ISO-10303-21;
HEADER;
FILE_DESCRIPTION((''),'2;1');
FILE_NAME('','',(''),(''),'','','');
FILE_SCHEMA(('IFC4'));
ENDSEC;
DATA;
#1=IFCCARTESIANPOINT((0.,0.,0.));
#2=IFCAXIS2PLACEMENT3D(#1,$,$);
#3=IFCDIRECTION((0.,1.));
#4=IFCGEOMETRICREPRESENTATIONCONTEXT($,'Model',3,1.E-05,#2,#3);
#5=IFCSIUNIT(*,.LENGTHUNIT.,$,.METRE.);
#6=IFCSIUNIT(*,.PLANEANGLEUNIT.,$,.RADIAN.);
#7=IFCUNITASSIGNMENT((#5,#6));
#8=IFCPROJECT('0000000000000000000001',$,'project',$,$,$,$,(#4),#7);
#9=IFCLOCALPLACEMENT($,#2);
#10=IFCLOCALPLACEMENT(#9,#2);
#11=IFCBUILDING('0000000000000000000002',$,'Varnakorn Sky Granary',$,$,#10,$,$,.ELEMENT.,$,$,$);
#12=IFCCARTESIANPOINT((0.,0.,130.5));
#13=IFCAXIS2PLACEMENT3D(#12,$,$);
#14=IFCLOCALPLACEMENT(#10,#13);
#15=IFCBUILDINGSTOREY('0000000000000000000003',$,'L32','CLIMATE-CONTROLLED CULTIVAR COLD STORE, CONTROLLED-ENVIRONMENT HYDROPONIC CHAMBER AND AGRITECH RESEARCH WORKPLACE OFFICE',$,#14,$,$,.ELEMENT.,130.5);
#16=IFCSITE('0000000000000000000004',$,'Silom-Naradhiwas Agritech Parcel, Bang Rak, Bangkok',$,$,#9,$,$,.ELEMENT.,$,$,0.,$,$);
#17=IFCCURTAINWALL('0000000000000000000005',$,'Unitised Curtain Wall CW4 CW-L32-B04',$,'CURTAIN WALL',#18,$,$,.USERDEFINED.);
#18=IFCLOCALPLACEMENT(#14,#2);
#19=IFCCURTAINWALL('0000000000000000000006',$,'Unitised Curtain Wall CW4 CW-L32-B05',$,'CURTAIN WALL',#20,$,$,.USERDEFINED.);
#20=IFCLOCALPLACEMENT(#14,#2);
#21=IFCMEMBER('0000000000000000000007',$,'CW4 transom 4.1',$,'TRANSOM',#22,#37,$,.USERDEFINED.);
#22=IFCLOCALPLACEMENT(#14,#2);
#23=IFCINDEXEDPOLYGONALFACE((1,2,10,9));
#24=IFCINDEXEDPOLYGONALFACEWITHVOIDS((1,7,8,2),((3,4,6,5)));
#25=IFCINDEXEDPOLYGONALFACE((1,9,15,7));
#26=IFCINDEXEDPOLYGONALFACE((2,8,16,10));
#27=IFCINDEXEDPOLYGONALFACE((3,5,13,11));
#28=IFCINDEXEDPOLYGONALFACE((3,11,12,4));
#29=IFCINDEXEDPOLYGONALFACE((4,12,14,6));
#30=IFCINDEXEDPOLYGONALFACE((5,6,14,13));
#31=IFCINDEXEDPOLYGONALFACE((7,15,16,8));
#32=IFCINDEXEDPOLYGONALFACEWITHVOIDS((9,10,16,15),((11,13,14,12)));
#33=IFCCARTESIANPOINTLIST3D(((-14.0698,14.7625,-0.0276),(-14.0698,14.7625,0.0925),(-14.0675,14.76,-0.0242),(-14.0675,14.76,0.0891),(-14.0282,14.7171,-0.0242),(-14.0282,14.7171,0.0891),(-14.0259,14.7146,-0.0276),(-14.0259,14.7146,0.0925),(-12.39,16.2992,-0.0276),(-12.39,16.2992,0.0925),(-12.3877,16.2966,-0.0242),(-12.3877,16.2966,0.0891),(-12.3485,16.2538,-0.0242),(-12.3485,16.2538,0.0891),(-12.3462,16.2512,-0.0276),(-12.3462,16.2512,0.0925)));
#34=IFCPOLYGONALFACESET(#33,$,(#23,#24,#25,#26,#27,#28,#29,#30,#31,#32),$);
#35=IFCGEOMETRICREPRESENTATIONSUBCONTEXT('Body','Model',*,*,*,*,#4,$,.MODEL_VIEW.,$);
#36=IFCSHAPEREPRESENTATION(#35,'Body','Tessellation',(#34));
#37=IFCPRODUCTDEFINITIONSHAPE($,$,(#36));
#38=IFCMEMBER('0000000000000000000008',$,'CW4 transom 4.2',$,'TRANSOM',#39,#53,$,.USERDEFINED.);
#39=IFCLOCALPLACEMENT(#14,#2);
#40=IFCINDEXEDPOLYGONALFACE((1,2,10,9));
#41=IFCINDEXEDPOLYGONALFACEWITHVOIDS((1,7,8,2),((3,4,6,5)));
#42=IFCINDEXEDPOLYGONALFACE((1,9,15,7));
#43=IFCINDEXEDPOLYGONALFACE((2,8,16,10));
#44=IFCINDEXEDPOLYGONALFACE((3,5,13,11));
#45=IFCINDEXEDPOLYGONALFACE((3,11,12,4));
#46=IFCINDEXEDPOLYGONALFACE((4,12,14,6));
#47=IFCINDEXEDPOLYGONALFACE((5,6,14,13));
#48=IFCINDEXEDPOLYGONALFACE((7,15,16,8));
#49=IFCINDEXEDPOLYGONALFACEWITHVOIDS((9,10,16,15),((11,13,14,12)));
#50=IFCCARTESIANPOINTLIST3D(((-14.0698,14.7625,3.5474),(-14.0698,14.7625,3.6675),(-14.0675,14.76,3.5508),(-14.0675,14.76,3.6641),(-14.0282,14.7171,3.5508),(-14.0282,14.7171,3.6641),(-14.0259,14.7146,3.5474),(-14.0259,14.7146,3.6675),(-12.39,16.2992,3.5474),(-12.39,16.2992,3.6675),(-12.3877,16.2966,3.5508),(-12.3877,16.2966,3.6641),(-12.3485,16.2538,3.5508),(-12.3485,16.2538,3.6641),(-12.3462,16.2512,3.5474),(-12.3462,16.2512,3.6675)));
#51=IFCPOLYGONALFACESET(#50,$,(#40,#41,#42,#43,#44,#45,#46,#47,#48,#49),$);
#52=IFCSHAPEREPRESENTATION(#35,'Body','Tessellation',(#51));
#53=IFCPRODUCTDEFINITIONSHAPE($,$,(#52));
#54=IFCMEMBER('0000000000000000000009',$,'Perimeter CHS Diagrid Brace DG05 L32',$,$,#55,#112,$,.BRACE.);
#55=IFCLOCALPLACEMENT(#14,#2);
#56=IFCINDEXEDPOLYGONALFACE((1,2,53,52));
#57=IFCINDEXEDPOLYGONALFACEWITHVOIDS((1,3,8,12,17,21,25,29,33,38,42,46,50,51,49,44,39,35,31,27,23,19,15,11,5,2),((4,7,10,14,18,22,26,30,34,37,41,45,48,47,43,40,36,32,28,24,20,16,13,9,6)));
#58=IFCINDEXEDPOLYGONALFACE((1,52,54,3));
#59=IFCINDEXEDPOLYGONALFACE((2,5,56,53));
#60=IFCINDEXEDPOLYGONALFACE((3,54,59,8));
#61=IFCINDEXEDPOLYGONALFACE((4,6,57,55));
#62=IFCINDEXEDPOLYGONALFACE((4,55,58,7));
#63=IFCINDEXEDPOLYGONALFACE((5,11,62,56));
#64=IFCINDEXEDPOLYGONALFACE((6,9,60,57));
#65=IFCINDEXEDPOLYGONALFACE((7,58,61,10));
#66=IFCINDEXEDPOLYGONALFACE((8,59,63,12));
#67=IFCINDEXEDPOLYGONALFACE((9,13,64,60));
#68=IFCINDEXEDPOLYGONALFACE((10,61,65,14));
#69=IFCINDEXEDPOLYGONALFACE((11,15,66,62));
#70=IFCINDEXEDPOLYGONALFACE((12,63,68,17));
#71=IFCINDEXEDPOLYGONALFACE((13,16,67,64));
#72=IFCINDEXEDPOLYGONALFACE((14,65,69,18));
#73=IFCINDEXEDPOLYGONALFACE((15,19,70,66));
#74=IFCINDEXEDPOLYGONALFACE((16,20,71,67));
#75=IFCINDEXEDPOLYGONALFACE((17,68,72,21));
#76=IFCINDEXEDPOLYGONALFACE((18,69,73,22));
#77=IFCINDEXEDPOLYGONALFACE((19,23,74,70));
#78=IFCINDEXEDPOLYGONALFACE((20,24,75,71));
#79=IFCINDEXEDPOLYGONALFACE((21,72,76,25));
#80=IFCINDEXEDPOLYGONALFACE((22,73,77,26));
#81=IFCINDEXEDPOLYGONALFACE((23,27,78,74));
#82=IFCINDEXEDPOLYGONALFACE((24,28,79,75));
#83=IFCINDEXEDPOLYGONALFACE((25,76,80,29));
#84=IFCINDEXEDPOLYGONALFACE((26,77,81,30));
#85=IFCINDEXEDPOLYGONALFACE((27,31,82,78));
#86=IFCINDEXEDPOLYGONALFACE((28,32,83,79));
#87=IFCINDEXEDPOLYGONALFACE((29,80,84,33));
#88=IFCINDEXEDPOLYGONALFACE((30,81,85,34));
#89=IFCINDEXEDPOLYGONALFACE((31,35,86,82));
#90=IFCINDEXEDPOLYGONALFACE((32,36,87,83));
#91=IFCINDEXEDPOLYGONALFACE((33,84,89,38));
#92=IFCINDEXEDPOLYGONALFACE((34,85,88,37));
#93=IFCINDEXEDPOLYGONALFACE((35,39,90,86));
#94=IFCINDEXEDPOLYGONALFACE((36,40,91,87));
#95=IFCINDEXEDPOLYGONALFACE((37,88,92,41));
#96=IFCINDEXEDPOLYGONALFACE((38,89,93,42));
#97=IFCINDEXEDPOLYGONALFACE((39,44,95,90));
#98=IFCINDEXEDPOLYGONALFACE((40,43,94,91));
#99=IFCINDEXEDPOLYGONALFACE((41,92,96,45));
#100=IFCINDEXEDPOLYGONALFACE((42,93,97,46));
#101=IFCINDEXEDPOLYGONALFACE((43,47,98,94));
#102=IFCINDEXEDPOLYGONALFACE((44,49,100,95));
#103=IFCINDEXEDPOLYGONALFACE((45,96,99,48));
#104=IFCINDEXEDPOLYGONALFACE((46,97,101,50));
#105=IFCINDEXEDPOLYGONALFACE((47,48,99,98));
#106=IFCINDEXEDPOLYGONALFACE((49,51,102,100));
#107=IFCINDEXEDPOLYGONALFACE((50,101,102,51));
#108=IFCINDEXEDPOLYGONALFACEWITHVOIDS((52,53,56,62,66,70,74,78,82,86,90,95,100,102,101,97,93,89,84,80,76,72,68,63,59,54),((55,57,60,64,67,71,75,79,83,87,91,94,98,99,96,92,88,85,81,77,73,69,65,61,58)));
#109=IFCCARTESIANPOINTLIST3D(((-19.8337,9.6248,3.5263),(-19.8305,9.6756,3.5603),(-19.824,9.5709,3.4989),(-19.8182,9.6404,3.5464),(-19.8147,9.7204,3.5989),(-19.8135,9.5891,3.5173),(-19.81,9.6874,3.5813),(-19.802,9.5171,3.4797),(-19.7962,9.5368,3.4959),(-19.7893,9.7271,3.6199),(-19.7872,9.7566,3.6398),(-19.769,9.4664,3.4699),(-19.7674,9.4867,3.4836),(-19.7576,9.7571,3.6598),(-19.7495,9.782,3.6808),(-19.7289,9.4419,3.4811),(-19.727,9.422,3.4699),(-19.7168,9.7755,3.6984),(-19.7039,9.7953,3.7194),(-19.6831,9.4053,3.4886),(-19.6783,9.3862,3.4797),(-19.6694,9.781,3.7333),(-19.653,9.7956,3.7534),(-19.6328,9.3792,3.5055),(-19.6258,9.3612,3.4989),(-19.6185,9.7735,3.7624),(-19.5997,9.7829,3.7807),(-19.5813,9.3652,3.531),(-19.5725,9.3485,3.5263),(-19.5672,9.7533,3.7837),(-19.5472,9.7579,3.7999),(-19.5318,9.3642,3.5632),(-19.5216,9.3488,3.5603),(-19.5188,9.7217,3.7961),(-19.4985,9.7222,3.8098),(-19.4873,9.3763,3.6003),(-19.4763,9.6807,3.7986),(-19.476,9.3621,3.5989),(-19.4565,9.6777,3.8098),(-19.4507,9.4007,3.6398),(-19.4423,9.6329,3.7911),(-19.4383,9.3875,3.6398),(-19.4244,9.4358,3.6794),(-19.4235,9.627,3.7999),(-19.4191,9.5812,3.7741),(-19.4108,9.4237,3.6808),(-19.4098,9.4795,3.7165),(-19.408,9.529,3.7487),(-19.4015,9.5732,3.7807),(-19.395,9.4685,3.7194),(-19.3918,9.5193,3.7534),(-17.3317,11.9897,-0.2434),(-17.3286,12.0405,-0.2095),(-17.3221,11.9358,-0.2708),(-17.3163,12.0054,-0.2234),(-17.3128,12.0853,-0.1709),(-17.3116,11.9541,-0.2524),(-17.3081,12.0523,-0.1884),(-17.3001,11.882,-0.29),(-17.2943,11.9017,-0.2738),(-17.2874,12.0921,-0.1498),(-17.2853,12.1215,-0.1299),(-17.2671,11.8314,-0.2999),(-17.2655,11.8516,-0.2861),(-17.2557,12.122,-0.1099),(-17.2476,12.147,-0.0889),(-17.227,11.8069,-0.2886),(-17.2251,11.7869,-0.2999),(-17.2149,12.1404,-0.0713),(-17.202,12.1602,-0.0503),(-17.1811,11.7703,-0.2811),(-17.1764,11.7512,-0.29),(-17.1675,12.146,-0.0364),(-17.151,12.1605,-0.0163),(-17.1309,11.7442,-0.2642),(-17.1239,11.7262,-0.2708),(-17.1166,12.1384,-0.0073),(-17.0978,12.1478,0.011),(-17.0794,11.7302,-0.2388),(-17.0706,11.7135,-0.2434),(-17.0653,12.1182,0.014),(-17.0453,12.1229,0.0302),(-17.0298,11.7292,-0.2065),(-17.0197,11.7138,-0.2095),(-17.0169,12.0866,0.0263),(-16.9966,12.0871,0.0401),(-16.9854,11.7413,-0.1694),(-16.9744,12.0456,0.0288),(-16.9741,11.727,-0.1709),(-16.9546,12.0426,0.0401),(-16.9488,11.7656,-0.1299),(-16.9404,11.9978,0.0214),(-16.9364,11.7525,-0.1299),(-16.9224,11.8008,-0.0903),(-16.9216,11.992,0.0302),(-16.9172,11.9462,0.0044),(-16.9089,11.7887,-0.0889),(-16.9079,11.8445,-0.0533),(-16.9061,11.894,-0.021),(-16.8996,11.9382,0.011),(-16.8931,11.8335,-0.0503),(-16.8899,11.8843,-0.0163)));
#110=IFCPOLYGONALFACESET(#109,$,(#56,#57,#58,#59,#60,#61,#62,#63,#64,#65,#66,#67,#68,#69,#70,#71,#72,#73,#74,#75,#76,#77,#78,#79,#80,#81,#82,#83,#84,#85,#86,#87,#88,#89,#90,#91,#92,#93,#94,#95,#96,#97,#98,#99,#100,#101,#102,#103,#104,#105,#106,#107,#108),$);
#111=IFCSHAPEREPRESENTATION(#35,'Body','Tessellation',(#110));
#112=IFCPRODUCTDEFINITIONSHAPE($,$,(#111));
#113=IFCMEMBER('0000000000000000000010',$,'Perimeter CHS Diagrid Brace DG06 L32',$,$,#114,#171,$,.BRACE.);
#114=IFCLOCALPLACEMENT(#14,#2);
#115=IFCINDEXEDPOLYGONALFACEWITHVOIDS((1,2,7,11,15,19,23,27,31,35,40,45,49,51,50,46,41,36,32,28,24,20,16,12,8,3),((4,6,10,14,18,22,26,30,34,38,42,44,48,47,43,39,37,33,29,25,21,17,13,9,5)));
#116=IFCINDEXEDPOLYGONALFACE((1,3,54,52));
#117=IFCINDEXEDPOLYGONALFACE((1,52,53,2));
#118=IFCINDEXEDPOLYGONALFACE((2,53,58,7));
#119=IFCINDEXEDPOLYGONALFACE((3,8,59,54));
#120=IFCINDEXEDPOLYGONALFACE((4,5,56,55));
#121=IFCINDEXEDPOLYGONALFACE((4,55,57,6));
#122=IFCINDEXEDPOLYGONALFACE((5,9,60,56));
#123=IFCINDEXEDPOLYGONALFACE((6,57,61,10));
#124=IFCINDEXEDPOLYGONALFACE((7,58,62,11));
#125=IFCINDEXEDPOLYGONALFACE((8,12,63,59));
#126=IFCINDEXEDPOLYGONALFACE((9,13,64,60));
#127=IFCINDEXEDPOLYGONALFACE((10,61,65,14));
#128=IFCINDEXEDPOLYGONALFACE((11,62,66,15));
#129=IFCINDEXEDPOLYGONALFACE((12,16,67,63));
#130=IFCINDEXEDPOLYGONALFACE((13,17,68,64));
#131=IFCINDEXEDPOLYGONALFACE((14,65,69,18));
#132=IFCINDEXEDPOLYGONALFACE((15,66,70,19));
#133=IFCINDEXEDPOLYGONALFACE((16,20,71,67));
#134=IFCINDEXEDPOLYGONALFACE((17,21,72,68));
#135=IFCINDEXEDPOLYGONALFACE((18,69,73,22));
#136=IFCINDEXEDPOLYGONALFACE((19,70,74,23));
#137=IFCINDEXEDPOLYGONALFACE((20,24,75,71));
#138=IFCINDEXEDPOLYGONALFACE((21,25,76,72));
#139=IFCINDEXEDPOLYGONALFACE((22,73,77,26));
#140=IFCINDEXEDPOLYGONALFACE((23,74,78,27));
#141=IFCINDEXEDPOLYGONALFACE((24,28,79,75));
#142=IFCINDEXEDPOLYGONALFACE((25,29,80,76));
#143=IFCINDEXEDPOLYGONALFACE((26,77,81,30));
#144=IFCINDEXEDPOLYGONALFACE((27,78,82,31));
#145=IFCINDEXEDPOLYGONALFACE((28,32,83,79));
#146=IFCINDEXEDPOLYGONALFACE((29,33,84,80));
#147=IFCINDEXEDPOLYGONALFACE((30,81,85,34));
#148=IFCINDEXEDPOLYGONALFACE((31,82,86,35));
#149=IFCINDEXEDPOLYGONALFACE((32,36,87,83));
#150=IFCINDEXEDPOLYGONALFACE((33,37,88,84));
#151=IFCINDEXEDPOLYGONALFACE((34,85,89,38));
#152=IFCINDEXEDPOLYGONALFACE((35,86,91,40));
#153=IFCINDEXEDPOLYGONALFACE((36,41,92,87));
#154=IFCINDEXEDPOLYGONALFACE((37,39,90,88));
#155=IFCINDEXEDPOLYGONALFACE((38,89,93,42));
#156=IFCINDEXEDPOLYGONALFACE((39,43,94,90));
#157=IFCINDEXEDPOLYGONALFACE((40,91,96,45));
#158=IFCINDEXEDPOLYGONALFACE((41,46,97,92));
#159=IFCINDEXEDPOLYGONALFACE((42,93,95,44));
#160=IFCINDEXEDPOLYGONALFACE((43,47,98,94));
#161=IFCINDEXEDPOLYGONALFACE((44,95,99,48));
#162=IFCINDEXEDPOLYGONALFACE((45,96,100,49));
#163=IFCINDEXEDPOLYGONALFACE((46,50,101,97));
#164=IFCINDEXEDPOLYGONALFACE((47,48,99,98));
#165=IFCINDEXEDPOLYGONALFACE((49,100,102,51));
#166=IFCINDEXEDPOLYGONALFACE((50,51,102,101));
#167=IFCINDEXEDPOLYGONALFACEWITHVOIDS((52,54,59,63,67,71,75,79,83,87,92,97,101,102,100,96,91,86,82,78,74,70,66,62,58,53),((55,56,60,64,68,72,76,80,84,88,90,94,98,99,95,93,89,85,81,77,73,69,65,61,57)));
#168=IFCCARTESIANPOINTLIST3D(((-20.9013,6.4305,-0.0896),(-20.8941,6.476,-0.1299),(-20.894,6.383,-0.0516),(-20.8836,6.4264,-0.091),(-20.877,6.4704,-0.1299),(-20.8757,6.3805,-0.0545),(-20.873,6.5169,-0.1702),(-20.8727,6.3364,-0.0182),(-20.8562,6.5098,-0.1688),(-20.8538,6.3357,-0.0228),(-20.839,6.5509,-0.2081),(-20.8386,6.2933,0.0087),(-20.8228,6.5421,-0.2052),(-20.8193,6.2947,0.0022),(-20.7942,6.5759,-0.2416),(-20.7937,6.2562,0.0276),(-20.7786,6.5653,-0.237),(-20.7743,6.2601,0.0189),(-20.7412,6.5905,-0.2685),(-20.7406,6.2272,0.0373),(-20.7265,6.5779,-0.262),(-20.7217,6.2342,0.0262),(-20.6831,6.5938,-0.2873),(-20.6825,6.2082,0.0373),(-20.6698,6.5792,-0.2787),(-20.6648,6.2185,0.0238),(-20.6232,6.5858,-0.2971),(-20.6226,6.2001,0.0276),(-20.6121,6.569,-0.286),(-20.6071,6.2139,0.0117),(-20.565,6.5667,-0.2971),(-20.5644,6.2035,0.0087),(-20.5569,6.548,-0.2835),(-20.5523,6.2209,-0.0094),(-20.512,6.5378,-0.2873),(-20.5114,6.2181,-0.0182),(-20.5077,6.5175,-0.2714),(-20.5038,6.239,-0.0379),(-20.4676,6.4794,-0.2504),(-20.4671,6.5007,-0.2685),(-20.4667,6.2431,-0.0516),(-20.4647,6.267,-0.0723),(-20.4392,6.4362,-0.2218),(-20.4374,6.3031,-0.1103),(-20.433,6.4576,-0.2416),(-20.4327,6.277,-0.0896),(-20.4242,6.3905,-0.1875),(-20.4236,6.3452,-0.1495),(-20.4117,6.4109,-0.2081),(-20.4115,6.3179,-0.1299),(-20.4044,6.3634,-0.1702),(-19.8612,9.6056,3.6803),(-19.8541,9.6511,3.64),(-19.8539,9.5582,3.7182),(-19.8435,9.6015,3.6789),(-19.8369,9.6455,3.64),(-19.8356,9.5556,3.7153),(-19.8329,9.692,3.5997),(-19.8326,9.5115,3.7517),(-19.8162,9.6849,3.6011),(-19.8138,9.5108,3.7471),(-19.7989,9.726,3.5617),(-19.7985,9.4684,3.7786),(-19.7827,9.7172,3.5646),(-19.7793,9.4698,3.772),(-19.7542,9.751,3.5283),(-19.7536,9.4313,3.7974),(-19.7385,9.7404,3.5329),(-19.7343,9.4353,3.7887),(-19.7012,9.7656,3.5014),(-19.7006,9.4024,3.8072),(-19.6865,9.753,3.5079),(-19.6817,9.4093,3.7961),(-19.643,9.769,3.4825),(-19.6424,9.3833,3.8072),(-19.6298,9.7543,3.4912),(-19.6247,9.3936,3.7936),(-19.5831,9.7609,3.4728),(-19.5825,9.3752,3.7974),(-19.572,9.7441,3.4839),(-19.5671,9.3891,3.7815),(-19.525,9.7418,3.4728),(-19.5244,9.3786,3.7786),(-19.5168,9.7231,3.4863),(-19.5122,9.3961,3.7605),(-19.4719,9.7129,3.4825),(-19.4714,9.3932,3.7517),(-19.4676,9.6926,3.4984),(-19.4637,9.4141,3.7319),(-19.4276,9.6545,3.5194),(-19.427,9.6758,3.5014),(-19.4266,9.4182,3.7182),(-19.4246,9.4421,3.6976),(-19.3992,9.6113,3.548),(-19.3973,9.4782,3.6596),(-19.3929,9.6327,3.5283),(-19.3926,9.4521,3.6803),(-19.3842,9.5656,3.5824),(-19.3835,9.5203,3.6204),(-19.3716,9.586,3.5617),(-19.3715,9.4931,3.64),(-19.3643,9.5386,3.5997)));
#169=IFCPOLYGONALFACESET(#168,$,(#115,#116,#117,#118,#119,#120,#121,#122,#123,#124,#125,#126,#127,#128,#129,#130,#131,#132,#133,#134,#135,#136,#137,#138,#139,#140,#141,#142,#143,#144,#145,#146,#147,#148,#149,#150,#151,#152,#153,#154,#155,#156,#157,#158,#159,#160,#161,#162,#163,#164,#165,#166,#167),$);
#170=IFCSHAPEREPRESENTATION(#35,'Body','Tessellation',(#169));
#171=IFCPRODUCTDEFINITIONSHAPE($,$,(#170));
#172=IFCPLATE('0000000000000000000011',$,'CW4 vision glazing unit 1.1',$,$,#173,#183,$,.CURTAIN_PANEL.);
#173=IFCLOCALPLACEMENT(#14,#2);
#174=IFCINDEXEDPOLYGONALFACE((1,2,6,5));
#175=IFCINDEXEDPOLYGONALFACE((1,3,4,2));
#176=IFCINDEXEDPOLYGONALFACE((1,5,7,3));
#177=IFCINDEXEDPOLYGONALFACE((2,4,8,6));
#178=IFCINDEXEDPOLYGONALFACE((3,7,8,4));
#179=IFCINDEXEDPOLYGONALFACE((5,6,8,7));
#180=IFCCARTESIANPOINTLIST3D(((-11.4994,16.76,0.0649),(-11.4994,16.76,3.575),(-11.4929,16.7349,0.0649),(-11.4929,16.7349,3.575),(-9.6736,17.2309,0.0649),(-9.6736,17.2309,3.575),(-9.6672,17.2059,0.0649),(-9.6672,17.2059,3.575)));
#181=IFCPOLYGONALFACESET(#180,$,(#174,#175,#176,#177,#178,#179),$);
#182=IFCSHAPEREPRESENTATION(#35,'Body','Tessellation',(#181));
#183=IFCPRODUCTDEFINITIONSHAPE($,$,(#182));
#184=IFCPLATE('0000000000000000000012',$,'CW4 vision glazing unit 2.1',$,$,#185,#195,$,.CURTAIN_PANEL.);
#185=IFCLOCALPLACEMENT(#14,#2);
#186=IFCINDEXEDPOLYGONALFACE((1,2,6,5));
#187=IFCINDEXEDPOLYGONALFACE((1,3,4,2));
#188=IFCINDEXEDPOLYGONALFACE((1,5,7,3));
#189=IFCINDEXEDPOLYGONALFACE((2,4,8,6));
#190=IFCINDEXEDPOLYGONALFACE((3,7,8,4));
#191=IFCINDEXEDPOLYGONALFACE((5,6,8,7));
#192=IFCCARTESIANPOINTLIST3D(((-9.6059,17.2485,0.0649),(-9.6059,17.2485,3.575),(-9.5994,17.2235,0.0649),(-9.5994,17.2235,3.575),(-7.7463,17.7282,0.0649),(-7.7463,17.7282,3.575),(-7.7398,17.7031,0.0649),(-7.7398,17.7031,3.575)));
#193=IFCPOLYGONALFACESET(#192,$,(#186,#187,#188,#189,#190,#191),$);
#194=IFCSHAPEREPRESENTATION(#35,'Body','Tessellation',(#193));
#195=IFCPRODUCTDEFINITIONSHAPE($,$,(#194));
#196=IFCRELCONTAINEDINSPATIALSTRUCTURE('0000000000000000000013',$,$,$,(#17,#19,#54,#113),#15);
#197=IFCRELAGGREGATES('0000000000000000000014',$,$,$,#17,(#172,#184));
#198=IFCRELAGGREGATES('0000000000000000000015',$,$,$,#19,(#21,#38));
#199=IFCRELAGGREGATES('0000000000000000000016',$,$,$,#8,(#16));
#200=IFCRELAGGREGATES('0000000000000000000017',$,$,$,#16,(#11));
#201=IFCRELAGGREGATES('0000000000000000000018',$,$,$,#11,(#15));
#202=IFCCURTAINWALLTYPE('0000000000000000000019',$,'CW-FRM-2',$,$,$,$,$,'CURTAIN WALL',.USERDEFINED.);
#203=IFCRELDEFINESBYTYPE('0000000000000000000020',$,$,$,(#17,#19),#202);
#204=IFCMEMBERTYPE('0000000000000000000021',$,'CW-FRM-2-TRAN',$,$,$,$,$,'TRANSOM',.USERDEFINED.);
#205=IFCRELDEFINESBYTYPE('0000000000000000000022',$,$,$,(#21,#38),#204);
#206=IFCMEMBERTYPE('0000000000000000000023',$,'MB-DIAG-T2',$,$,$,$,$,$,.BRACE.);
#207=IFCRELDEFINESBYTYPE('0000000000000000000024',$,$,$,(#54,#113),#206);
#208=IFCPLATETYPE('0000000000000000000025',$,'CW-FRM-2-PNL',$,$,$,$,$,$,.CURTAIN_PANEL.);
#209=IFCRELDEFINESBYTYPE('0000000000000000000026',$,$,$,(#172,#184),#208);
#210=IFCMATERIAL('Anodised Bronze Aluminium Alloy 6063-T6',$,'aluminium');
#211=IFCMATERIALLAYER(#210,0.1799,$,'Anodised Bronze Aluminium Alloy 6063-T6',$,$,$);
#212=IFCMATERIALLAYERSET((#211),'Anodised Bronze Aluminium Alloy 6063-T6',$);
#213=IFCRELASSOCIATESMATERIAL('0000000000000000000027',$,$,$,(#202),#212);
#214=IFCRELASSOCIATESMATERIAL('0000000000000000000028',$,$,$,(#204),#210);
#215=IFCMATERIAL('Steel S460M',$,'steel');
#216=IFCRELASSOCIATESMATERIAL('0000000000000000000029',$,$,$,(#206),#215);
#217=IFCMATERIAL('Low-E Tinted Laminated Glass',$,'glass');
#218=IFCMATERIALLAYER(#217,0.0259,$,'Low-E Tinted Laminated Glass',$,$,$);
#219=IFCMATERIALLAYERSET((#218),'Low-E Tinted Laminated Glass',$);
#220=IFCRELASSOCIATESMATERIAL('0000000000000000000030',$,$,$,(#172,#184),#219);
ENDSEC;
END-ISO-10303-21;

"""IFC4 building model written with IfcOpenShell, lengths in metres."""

from ifc_helpers import new_model, si_unit, direction, frame, origin, origin_2d, place, context, subcontext, project, spatial, rectangle, hollow_rectangle, hollow_circle, extrude, source, transform, mapped, material, layer, layer_set, material_profile, profile_set, type_object, element, aggregate, save


model = new_model("IFC4")

# Units and contexts
model_context = context("Model", 3, precision=1e-05, world=origin(), true_north=direction((0.0, 1.0)))
body_context = subcontext(model_context, "Body", "Model", "MODEL_VIEW")
ifc_project = project(units=[si_unit("LENGTHUNIT", "METRE"), si_unit("PLANEANGLEUNIT", "RADIAN")], contexts=[model_context])

# Site, building, storey
site_placement = place(None, origin())
site = spatial("IfcSite", under=ifc_project, at=site_placement, Name="Silom-Naradhiwas Agritech Parcel, Bang Rak, Bangkok", CompositionType="ELEMENT", RefElevation=0.0)
building_placement = place(site_placement, origin())
building = spatial("IfcBuilding", under=site, at=building_placement, Name="Varnakorn Sky Granary", CompositionType="ELEMENT")
storey_placement = place(building_placement, frame((0.0, 0.0, 130.5)))
storey = spatial("IfcBuildingStorey", under=building, at=storey_placement, Name="L32", Description="CLIMATE-CONTROLLED CULTIVAR COLD STORE, CONTROLLED-ENVIRONMENT HYDROPONIC CHAMBER AND AGRITECH RESEARCH WORKPLACE OFFICE", CompositionType="ELEMENT", Elevation=130.5)

# Shared definitions
ifc_material_1 = material(Name="Steel S460M", Category="steel")

# Curtain walls
ifc_material_2 = material(Name="Anodised Bronze Aluminium Alloy 6063-T6", Category="aluminium")
ifc_layer_1 = layer(ifc_material_2, 0.1799, Name="Anodised Bronze Aluminium Alloy 6063-T6")
ifc_layer_set_1 = layer_set([ifc_layer_1], Name="Anodised Bronze Aluminium Alloy 6063-T6")
curtain_wall_type = type_object("IfcCurtainWallType", Name="CW-FRM-2", ElementType="CURTAIN WALL", PredefinedType="USERDEFINED", material=ifc_layer_set_1)
curtain_wall_1_placement = place(storey_placement, origin())
curtain_wall_1 = element("IfcCurtainWall", 1, at=curtain_wall_1_placement, inside=storey, type_object=curtain_wall_type, Name="Unitised Curtain Wall CW4 CW-L32-B04", ObjectType="CURTAIN WALL", PredefinedType="USERDEFINED")
curtain_wall_2_placement = place(storey_placement, origin())
curtain_wall_2 = element("IfcCurtainWall", 2, at=curtain_wall_2_placement, inside=storey, type_object=curtain_wall_type, Name="Unitised Curtain Wall CW4 CW-L32-B05", ObjectType="CURTAIN WALL", PredefinedType="USERDEFINED")

# Members
ifc_material_profile_1 = material_profile(ifc_material_2, hollow_rectangle(XDim=0.0649, YDim=0.1201, WallThickness=0.0034, at=origin_2d()), Name="ALU TRAN 65x120")
ifc_profile_set_1 = profile_set([ifc_material_profile_1], Name="Anodised Bronze Aluminium Alloy 6063-T6")
member_type_1 = type_object("IfcMemberType", Name="CW-FRM-2-TRAN", ElementType="TRANSOM", PredefinedType="USERDEFINED", material=ifc_profile_set_1)
member_1_placement = place(storey_placement, frame((-14.0479, 14.7385, 0.0325), z_axis=(0.73783, 0.674986, 0.0), x_axis=(-0.674986, 0.73783, 0.0)))
member_1 = element("IfcMember", 3, at=member_1_placement, type_object=member_type_1, Name="CW4 transom 4.1", ObjectType="TRANSOM", PredefinedType="USERDEFINED", context=body_context, shape_type="SweptSolid", body=[
    extrude(hollow_rectangle(XDim=0.0649, YDim=0.1201, WallThickness=0.0034, at=origin_2d()), origin(), (0.0, 0.0, 1.0), 2.2766),
])
member_2_placement = place(storey_placement, frame((-14.0479, 14.7385, 3.6074), z_axis=(0.73783, 0.674986, 0.0), x_axis=(-0.674986, 0.73783, 0.0)))
member_2 = element("IfcMember", 4, at=member_2_placement, type_object=member_type_1, Name="CW4 transom 4.2", ObjectType="TRANSOM", PredefinedType="USERDEFINED", context=body_context, shape_type="SweptSolid", body=[
    extrude(hollow_rectangle(XDim=0.0649, YDim=0.1201, WallThickness=0.0034, at=origin_2d()), origin(), (0.0, 0.0, 1.0), 2.2766),
])

# Members
ifc_material_profile_2 = material_profile(ifc_material_1, hollow_circle(Radius=0.2539, WallThickness=0.0181, at=origin_2d()), Name="CHS 508x18")
ifc_profile_set_2 = profile_set([ifc_material_profile_2], Name="Steel S460M")
member_type_2 = type_object("IfcMemberType", Name="MB-DIAG-T2", PredefinedType="BRACE", material=ifc_profile_set_2)
member_3_placement = place(storey_placement, frame((-17.1108, 11.937, -0.1299), z_axis=(-0.490069, -0.463242, 0.738403), x_axis=(0.686936, -0.726718, 0.0)))
element("IfcMember", 5, at=member_3_placement, inside=storey, type_object=member_type_2, Name="Perimeter CHS Diagrid Brace DG05 L32", PredefinedType="BRACE", context=body_context, shape_type="SweptSolid", body=[
    extrude(hollow_circle(Radius=0.2539, WallThickness=0.0181, at=origin_2d()), origin(), (0.0, 0.0, 1.0), 5.1052),
])
member_4_placement = place(storey_placement, frame((-20.6528, 6.397, -0.1299), z_axis=(0.20647, 0.630315, 0.748381), x_axis=(-0.950315, 0.311291, 0.0)))
element("IfcMember", 6, at=member_4_placement, inside=storey, type_object=member_type_2, Name="Perimeter CHS Diagrid Brace DG06 L32", PredefinedType="BRACE", context=body_context, shape_type="SweptSolid", body=[
    extrude(hollow_circle(Radius=0.2539, WallThickness=0.0181, at=origin_2d()), origin(), (0.0, 0.0, 1.0), 5.0374),
])

# Plates
ifc_material_3 = material(Name="Low-E Tinted Laminated Glass", Category="glass")
ifc_layer_2 = layer(ifc_material_3, 0.0259, Name="Low-E Tinted Laminated Glass")
ifc_layer_set_2 = layer_set([ifc_layer_2], Name="Low-E Tinted Laminated Glass")
plate_type = type_object("IfcPlateType", Name="CW-FRM-2-PNL", PredefinedType="CURTAIN_PANEL")
shared_shape_1 = source(origin(), body_context, "Body", "SweptSolid", [
    extrude(rectangle(XDim=1.8855, YDim=0.0259, at=origin_2d()), origin(), (0.0, 0.0, 1.0), 3.51),
])
plate_1_placement = place(storey_placement, frame((-10.5833, 16.9829, 0.0649), z_axis=(0.0, 0.0, 1.0), x_axis=(0.968303, 0.249777, 0.0)))
plate_1 = element("IfcPlate", 7, at=plate_1_placement, type_object=plate_type, material=ifc_layer_set_2, Name="CW4 vision glazing unit 1.1", PredefinedType="CURTAIN_PANEL", context=body_context, shape_type="MappedRepresentation", body=[
    mapped(shared_shape_1, transform((0.0, 0.0, 0.0), x_axis=(1.0, 0.0, 0.0), y_axis=(0.0, 1.0, 0.0), z_axis=(0.0, 0.0, 1.0), scale=1.0)),
])
shared_shape_2 = source(origin(), body_context, "Body", "SweptSolid", [
    extrude(rectangle(XDim=1.9204, YDim=0.0259, at=origin_2d()), origin(), (0.0, 0.0, 1.0), 3.51),
])
plate_2_placement = place(storey_placement, frame((-8.6729, 17.4758, 0.0649), z_axis=(0.0, 0.0, 1.0), x_axis=(0.968303, 0.249777, 0.0)))
plate_2 = element("IfcPlate", 8, at=plate_2_placement, type_object=plate_type, material=ifc_layer_set_2, Name="CW4 vision glazing unit 2.1", PredefinedType="CURTAIN_PANEL", context=body_context, shape_type="MappedRepresentation", body=[
    mapped(shared_shape_2, transform((0.0, 0.0, 0.0), x_axis=(1.0, 0.0, 0.0), y_axis=(0.0, 1.0, 0.0), z_axis=(0.0, 0.0, 1.0), scale=1.0)),
])
aggregate(curtain_wall_1, [plate_1, plate_2])
aggregate(curtain_wall_2, [member_1, member_2])

save(model, "model.ifc")
